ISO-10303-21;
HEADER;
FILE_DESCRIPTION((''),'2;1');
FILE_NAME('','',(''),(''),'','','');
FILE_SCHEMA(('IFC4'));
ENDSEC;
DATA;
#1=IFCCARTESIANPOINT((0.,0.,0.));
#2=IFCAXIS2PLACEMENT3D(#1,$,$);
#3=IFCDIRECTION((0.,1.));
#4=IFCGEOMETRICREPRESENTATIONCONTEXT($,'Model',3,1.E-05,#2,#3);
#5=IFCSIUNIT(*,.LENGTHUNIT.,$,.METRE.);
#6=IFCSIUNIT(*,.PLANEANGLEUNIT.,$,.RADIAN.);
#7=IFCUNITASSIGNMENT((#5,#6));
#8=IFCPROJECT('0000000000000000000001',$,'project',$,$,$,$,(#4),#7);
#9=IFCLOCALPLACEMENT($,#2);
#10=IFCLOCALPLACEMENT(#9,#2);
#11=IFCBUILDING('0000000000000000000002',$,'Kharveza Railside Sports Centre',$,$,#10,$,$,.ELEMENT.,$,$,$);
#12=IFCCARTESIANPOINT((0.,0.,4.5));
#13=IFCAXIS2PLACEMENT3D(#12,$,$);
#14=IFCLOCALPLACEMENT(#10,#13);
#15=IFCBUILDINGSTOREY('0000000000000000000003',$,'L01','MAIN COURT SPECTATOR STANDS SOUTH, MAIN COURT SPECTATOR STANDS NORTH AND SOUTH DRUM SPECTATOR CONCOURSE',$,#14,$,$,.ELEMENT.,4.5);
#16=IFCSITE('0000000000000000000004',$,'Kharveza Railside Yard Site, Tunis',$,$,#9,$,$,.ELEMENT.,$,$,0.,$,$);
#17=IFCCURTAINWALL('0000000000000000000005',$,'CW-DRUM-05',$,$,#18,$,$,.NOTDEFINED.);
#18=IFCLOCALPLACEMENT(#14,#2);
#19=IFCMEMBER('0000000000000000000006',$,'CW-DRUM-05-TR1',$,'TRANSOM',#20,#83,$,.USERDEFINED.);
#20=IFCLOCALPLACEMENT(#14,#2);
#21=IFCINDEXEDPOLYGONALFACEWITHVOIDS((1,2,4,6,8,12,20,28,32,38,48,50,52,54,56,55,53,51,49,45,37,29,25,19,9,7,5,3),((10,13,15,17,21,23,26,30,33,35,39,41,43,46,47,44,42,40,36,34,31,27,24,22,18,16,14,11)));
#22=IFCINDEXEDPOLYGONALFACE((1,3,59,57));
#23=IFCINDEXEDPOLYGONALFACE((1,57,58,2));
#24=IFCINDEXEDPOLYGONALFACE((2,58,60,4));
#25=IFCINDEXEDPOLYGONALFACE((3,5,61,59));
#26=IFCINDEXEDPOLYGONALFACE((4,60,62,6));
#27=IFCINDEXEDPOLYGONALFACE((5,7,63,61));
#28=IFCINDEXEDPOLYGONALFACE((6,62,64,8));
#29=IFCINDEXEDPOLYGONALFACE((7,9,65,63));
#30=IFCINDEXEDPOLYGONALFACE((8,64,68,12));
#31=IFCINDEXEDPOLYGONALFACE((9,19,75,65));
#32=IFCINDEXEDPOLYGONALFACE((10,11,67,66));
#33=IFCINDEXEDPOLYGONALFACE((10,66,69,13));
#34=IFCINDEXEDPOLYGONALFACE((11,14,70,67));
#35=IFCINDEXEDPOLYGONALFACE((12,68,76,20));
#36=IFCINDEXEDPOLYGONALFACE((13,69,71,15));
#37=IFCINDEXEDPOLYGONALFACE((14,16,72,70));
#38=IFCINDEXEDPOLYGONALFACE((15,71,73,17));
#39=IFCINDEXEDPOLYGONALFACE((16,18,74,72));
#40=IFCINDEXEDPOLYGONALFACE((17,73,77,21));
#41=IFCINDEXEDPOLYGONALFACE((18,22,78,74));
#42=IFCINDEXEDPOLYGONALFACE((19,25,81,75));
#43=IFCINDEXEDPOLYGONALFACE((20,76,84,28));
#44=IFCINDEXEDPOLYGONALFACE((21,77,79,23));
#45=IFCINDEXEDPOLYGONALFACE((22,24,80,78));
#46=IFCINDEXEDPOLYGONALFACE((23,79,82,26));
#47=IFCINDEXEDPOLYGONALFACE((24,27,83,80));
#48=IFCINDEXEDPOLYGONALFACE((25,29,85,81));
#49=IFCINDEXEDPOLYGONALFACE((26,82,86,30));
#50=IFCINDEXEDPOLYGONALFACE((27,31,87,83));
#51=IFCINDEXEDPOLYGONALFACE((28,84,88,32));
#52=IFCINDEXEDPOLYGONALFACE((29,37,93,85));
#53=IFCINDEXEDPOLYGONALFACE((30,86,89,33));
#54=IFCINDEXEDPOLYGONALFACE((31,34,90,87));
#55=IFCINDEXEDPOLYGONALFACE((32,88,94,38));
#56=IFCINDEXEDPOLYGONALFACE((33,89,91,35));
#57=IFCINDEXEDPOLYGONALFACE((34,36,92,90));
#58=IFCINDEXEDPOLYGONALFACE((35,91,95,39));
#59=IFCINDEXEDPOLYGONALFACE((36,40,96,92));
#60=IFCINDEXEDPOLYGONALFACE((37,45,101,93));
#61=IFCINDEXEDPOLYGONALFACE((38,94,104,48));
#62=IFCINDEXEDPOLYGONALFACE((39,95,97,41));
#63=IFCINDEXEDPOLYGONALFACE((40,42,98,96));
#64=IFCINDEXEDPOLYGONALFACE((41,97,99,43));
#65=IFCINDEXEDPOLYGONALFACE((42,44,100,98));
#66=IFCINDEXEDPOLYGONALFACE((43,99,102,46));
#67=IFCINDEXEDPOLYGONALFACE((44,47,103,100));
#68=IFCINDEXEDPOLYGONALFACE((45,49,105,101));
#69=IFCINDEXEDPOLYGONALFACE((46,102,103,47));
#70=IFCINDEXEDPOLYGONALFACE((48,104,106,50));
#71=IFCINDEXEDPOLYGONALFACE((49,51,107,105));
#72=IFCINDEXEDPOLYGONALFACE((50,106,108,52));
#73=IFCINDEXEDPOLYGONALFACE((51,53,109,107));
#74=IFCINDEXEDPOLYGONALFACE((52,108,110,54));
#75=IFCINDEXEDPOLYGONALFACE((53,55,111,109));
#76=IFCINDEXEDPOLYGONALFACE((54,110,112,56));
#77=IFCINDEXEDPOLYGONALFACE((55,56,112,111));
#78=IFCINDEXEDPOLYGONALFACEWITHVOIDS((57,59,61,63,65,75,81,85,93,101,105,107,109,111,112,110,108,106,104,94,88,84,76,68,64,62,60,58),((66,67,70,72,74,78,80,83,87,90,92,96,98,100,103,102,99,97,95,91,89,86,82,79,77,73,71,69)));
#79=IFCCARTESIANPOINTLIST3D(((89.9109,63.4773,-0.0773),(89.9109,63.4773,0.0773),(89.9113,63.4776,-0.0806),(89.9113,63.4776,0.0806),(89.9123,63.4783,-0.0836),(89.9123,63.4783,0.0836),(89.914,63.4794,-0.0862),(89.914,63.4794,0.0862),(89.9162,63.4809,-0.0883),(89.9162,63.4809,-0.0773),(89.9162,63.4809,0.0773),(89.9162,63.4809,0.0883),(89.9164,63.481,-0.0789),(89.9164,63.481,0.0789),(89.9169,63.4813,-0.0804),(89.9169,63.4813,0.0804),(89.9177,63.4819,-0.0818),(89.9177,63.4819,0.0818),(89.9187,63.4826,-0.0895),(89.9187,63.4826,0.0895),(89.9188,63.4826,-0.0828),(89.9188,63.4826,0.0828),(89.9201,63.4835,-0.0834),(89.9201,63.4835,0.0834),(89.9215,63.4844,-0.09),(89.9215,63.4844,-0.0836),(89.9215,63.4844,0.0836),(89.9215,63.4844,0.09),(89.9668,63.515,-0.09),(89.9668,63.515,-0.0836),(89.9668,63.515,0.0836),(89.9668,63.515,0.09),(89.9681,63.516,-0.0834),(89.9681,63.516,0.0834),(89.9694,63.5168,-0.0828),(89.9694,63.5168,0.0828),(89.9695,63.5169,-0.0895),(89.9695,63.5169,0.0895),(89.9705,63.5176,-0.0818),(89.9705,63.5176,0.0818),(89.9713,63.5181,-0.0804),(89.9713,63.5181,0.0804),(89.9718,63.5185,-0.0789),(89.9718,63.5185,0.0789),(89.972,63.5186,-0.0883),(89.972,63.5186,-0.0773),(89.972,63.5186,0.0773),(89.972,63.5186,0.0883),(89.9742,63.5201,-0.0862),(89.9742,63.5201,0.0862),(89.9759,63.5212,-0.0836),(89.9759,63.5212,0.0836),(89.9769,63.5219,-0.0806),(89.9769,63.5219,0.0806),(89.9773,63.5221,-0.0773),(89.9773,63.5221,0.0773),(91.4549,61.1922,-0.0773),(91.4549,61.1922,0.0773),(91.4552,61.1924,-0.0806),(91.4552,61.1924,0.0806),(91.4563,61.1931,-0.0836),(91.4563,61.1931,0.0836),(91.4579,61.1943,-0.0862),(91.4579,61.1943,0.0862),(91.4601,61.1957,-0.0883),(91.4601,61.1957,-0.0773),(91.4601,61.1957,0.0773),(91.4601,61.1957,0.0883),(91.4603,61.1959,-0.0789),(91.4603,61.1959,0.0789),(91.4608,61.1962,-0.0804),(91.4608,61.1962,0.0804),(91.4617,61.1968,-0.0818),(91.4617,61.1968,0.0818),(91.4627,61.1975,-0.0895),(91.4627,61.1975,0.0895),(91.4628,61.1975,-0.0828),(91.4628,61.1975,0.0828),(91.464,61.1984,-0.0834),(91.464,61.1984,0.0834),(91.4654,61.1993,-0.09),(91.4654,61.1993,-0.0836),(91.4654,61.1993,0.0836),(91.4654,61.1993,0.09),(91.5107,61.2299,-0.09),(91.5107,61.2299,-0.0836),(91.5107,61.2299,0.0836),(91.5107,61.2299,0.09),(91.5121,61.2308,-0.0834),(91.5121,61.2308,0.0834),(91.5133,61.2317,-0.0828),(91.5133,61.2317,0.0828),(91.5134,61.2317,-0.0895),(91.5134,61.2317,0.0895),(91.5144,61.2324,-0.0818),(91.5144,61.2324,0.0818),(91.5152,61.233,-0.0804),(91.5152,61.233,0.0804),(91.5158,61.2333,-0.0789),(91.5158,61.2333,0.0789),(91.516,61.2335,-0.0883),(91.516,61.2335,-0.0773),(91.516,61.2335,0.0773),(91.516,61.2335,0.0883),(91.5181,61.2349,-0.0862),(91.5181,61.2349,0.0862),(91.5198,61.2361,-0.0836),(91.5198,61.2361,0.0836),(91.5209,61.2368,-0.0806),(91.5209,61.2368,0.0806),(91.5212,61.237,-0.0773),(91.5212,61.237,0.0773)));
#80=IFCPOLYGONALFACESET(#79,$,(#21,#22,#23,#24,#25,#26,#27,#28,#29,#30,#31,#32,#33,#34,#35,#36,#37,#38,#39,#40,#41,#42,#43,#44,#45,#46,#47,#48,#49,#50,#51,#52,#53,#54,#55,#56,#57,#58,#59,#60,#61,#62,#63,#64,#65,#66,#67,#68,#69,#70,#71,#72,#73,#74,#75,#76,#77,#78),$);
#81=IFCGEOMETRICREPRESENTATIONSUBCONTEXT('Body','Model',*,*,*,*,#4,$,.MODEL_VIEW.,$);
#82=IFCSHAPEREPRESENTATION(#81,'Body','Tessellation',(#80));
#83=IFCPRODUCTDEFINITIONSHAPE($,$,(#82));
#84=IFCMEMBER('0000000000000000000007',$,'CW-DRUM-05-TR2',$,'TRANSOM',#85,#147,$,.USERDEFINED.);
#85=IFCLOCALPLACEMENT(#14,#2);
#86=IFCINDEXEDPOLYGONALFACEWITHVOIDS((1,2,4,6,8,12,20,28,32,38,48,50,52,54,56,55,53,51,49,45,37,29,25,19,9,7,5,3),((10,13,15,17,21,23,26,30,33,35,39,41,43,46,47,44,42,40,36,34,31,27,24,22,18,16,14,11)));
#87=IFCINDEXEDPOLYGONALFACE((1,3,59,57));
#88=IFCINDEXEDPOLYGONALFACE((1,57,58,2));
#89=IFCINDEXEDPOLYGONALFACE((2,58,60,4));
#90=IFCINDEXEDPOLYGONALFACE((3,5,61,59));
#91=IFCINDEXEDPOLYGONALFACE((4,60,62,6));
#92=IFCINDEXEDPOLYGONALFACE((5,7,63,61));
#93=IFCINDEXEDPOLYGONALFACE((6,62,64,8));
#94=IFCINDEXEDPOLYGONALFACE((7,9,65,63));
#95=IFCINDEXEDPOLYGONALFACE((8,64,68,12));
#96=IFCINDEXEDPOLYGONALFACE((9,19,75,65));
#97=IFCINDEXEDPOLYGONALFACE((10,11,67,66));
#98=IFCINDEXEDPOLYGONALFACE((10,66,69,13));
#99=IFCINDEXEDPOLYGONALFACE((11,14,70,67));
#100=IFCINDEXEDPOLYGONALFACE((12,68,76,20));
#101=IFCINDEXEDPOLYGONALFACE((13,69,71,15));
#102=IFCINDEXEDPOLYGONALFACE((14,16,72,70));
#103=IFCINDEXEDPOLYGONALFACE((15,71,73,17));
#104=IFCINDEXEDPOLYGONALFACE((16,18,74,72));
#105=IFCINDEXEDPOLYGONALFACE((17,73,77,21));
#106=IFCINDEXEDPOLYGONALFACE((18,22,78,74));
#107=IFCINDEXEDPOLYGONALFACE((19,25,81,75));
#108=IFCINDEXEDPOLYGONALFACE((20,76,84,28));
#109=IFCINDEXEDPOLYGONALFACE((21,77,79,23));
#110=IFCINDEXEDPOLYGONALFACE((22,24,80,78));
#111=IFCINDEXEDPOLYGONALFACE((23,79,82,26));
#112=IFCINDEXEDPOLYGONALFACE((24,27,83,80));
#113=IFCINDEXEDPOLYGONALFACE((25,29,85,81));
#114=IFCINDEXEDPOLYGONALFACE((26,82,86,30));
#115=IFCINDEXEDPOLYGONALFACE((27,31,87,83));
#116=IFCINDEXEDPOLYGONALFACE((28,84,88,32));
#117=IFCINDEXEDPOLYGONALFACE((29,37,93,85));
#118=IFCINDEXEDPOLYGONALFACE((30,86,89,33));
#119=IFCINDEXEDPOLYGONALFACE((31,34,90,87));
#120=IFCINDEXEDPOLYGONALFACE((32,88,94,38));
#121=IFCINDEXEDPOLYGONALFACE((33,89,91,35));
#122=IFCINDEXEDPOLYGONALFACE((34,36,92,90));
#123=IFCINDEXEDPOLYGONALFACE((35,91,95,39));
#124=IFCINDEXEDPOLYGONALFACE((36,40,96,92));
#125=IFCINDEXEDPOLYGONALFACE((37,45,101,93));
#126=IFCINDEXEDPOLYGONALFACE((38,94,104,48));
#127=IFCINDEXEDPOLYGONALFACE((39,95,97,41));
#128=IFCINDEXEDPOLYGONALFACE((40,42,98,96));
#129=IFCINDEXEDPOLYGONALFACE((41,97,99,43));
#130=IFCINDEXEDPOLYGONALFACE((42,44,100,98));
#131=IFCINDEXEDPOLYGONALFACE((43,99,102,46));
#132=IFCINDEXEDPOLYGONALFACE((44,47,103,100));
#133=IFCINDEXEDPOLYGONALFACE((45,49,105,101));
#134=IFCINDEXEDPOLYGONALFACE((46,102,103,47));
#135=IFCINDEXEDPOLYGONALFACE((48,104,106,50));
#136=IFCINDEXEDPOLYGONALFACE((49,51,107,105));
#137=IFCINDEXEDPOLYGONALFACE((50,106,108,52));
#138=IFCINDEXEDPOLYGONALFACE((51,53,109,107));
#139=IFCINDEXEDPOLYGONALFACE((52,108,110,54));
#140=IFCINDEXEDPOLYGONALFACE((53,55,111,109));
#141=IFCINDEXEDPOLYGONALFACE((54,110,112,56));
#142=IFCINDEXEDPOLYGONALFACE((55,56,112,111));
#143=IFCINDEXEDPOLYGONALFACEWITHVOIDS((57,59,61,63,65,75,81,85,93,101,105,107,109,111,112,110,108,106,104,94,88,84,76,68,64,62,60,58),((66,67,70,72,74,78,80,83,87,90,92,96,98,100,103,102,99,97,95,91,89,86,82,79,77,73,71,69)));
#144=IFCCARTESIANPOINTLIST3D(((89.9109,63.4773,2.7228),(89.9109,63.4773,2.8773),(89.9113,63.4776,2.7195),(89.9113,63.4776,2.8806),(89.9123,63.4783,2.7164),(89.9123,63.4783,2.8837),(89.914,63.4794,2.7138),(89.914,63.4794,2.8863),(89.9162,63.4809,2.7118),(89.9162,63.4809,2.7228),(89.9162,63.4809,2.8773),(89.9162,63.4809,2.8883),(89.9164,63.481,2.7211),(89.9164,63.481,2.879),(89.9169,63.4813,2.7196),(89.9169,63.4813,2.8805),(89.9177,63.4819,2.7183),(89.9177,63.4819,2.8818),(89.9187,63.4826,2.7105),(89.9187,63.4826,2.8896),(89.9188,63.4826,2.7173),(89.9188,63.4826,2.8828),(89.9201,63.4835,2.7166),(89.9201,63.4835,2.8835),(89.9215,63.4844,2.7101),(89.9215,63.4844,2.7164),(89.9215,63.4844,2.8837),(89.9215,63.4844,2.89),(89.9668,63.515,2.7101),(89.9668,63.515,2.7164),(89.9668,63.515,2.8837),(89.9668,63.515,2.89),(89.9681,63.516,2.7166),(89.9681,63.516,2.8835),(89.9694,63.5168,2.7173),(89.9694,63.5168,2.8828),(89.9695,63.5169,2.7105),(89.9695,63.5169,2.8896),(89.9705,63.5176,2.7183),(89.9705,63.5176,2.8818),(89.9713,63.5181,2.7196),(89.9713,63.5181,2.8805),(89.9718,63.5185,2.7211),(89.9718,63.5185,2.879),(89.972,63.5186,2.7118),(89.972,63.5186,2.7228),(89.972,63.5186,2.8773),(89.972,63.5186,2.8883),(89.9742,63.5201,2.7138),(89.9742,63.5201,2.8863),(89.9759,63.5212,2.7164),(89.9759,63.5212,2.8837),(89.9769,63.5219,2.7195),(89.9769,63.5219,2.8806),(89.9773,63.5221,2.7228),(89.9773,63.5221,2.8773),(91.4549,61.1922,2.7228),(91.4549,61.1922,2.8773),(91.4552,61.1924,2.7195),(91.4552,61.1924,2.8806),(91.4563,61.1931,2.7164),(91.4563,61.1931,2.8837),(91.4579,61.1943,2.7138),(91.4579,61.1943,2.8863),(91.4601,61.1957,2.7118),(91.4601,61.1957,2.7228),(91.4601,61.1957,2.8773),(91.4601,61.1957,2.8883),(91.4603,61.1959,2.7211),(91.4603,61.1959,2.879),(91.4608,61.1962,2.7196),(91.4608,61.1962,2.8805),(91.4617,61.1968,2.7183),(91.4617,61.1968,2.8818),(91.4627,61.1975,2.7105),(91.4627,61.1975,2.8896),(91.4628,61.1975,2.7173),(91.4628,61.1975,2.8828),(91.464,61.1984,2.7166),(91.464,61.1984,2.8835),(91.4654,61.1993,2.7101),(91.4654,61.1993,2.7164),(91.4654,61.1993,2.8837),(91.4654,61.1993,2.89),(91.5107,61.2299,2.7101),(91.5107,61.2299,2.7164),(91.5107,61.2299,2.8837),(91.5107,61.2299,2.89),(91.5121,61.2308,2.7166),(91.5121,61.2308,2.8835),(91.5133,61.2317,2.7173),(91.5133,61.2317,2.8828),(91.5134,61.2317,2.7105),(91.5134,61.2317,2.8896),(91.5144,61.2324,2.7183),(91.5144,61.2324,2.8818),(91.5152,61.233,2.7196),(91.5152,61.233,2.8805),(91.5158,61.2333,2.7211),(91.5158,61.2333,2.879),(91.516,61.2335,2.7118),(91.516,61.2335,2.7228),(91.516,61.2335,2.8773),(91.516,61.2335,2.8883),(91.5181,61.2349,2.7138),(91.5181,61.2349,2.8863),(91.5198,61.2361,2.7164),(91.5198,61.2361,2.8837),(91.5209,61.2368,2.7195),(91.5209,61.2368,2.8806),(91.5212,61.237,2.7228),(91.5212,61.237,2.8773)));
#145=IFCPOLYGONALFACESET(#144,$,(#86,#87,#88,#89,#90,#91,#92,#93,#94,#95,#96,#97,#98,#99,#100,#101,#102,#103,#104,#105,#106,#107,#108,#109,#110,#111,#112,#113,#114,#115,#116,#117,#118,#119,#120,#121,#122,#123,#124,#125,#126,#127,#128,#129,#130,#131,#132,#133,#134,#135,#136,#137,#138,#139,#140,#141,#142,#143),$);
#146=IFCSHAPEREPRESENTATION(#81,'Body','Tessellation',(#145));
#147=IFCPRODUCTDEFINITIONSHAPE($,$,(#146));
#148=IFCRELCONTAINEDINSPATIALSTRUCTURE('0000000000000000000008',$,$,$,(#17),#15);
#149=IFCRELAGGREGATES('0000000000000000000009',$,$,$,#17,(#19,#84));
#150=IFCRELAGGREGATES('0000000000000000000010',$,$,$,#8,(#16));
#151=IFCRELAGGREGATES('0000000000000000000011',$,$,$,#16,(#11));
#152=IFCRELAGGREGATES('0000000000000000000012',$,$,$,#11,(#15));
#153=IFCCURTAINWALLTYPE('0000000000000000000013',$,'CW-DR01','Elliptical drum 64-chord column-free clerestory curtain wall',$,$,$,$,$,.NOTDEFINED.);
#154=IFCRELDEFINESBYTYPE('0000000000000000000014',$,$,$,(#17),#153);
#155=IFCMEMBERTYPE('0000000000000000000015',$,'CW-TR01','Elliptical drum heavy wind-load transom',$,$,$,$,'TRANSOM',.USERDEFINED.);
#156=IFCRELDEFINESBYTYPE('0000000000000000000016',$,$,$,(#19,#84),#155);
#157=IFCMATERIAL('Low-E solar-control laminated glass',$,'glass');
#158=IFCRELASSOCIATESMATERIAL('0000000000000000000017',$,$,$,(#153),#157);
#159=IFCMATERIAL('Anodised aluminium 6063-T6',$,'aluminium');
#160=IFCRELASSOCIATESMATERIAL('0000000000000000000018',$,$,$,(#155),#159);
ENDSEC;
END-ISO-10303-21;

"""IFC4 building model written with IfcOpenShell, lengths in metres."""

from ifc_helpers import new_model, si_unit, direction, frame, origin, origin_2d, place, context, subcontext, project, spatial, hollow_rectangle, extrude, material, material_profile, profile_set, type_object, element, aggregate, save


model = new_model("IFC4")

# Units and contexts
model_context = context("Model", 3, precision=1e-05, world=origin(), true_north=direction((0.0, 1.0)))
body_context = subcontext(model_context, "Body", "Model", "MODEL_VIEW")
ifc_project = project(units=[si_unit("LENGTHUNIT", "METRE"), si_unit("PLANEANGLEUNIT", "RADIAN")], contexts=[model_context])

# Site, building, storey
site_placement = place(None, origin())
site = spatial("IfcSite", under=ifc_project, at=site_placement, Name="Kharveza Railside Yard Site, Tunis", CompositionType="ELEMENT", RefElevation=0.0)
building_placement = place(site_placement, origin())
building = spatial("IfcBuilding", under=site, at=building_placement, Name="Kharveza Railside Sports Centre", CompositionType="ELEMENT")
storey_placement = place(building_placement, frame((0.0, 0.0, 4.5)))
storey = spatial("IfcBuildingStorey", under=building, at=storey_placement, Name="L01", Description="MAIN COURT SPECTATOR STANDS SOUTH, MAIN COURT SPECTATOR STANDS NORTH AND SOUTH DRUM SPECTATOR CONCOURSE", CompositionType="ELEMENT", Elevation=4.5)

# Shared definitions
ifc_material_1 = material(Name="Low-E solar-control laminated glass", Category="glass")
curtain_wall_type = type_object("IfcCurtainWallType", Name="CW-DR01", Description="Elliptical drum 64-chord column-free clerestory curtain wall", PredefinedType="NOTDEFINED", material=ifc_material_1)
ifc_material_2 = material(Name="Anodised aluminium 6063-T6", Category="aluminium")

# Curtain wall
curtain_wall_1_placement = place(storey_placement, origin())
curtain_wall_1 = element("IfcCurtainWall", 1, at=curtain_wall_1_placement, inside=storey, type_object=curtain_wall_type, Name="CW-DRUM-05", PredefinedType="NOTDEFINED")

# Members
ifc_material_profile_1 = material_profile(ifc_material_2, hollow_rectangle(XDim=0.0801, YDim=0.1799, WallThickness=0.0063, InnerFilletRadius=0.0063, OuterFilletRadius=0.0127, at=origin_2d()), Name="RHS 80x180x6.3")
ifc_profile_set_1 = profile_set([ifc_material_profile_1], Name="Anodised aluminium 6063-T6")
member_type_1 = type_object("IfcMemberType", Name="CW-TR01", Description="Elliptical drum heavy wind-load transom", ElementType="TRANSOM", PredefinedType="USERDEFINED", material=ifc_profile_set_1)
member_1_placement = place(storey_placement, frame((91.488, 61.2146, 0.0), z_axis=(-0.559838, 0.828602, 0.0), x_axis=(-0.828602, -0.559838, 0.0)))
member_1 = element("IfcMember", 2, at=member_1_placement, type_object=member_type_1, Name="CW-DRUM-05-TR1", ObjectType="TRANSOM", PredefinedType="USERDEFINED", context=body_context, shape_type="SweptSolid", body=[
    extrude(hollow_rectangle(XDim=0.0801, YDim=0.1799, WallThickness=0.0063, InnerFilletRadius=0.0063, OuterFilletRadius=0.0127, at=origin_2d()), origin(), (0.0, 0.0, 1.0), 2.7578),
])
member_2_placement = place(storey_placement, frame((91.488, 61.2146, 2.8), z_axis=(-0.559838, 0.828602, 0.0), x_axis=(-0.828602, -0.559838, 0.0)))
member_2 = element("IfcMember", 3, at=member_2_placement, type_object=member_type_1, Name="CW-DRUM-05-TR2", ObjectType="TRANSOM", PredefinedType="USERDEFINED", context=body_context, shape_type="SweptSolid", body=[
    extrude(hollow_rectangle(XDim=0.0801, YDim=0.1799, WallThickness=0.0063, InnerFilletRadius=0.0063, OuterFilletRadius=0.0127, at=origin_2d()), origin(), (0.0, 0.0, 1.0), 2.7578),
])
aggregate(curtain_wall_1, [member_1, member_2])

save(model, "model.ifc")
